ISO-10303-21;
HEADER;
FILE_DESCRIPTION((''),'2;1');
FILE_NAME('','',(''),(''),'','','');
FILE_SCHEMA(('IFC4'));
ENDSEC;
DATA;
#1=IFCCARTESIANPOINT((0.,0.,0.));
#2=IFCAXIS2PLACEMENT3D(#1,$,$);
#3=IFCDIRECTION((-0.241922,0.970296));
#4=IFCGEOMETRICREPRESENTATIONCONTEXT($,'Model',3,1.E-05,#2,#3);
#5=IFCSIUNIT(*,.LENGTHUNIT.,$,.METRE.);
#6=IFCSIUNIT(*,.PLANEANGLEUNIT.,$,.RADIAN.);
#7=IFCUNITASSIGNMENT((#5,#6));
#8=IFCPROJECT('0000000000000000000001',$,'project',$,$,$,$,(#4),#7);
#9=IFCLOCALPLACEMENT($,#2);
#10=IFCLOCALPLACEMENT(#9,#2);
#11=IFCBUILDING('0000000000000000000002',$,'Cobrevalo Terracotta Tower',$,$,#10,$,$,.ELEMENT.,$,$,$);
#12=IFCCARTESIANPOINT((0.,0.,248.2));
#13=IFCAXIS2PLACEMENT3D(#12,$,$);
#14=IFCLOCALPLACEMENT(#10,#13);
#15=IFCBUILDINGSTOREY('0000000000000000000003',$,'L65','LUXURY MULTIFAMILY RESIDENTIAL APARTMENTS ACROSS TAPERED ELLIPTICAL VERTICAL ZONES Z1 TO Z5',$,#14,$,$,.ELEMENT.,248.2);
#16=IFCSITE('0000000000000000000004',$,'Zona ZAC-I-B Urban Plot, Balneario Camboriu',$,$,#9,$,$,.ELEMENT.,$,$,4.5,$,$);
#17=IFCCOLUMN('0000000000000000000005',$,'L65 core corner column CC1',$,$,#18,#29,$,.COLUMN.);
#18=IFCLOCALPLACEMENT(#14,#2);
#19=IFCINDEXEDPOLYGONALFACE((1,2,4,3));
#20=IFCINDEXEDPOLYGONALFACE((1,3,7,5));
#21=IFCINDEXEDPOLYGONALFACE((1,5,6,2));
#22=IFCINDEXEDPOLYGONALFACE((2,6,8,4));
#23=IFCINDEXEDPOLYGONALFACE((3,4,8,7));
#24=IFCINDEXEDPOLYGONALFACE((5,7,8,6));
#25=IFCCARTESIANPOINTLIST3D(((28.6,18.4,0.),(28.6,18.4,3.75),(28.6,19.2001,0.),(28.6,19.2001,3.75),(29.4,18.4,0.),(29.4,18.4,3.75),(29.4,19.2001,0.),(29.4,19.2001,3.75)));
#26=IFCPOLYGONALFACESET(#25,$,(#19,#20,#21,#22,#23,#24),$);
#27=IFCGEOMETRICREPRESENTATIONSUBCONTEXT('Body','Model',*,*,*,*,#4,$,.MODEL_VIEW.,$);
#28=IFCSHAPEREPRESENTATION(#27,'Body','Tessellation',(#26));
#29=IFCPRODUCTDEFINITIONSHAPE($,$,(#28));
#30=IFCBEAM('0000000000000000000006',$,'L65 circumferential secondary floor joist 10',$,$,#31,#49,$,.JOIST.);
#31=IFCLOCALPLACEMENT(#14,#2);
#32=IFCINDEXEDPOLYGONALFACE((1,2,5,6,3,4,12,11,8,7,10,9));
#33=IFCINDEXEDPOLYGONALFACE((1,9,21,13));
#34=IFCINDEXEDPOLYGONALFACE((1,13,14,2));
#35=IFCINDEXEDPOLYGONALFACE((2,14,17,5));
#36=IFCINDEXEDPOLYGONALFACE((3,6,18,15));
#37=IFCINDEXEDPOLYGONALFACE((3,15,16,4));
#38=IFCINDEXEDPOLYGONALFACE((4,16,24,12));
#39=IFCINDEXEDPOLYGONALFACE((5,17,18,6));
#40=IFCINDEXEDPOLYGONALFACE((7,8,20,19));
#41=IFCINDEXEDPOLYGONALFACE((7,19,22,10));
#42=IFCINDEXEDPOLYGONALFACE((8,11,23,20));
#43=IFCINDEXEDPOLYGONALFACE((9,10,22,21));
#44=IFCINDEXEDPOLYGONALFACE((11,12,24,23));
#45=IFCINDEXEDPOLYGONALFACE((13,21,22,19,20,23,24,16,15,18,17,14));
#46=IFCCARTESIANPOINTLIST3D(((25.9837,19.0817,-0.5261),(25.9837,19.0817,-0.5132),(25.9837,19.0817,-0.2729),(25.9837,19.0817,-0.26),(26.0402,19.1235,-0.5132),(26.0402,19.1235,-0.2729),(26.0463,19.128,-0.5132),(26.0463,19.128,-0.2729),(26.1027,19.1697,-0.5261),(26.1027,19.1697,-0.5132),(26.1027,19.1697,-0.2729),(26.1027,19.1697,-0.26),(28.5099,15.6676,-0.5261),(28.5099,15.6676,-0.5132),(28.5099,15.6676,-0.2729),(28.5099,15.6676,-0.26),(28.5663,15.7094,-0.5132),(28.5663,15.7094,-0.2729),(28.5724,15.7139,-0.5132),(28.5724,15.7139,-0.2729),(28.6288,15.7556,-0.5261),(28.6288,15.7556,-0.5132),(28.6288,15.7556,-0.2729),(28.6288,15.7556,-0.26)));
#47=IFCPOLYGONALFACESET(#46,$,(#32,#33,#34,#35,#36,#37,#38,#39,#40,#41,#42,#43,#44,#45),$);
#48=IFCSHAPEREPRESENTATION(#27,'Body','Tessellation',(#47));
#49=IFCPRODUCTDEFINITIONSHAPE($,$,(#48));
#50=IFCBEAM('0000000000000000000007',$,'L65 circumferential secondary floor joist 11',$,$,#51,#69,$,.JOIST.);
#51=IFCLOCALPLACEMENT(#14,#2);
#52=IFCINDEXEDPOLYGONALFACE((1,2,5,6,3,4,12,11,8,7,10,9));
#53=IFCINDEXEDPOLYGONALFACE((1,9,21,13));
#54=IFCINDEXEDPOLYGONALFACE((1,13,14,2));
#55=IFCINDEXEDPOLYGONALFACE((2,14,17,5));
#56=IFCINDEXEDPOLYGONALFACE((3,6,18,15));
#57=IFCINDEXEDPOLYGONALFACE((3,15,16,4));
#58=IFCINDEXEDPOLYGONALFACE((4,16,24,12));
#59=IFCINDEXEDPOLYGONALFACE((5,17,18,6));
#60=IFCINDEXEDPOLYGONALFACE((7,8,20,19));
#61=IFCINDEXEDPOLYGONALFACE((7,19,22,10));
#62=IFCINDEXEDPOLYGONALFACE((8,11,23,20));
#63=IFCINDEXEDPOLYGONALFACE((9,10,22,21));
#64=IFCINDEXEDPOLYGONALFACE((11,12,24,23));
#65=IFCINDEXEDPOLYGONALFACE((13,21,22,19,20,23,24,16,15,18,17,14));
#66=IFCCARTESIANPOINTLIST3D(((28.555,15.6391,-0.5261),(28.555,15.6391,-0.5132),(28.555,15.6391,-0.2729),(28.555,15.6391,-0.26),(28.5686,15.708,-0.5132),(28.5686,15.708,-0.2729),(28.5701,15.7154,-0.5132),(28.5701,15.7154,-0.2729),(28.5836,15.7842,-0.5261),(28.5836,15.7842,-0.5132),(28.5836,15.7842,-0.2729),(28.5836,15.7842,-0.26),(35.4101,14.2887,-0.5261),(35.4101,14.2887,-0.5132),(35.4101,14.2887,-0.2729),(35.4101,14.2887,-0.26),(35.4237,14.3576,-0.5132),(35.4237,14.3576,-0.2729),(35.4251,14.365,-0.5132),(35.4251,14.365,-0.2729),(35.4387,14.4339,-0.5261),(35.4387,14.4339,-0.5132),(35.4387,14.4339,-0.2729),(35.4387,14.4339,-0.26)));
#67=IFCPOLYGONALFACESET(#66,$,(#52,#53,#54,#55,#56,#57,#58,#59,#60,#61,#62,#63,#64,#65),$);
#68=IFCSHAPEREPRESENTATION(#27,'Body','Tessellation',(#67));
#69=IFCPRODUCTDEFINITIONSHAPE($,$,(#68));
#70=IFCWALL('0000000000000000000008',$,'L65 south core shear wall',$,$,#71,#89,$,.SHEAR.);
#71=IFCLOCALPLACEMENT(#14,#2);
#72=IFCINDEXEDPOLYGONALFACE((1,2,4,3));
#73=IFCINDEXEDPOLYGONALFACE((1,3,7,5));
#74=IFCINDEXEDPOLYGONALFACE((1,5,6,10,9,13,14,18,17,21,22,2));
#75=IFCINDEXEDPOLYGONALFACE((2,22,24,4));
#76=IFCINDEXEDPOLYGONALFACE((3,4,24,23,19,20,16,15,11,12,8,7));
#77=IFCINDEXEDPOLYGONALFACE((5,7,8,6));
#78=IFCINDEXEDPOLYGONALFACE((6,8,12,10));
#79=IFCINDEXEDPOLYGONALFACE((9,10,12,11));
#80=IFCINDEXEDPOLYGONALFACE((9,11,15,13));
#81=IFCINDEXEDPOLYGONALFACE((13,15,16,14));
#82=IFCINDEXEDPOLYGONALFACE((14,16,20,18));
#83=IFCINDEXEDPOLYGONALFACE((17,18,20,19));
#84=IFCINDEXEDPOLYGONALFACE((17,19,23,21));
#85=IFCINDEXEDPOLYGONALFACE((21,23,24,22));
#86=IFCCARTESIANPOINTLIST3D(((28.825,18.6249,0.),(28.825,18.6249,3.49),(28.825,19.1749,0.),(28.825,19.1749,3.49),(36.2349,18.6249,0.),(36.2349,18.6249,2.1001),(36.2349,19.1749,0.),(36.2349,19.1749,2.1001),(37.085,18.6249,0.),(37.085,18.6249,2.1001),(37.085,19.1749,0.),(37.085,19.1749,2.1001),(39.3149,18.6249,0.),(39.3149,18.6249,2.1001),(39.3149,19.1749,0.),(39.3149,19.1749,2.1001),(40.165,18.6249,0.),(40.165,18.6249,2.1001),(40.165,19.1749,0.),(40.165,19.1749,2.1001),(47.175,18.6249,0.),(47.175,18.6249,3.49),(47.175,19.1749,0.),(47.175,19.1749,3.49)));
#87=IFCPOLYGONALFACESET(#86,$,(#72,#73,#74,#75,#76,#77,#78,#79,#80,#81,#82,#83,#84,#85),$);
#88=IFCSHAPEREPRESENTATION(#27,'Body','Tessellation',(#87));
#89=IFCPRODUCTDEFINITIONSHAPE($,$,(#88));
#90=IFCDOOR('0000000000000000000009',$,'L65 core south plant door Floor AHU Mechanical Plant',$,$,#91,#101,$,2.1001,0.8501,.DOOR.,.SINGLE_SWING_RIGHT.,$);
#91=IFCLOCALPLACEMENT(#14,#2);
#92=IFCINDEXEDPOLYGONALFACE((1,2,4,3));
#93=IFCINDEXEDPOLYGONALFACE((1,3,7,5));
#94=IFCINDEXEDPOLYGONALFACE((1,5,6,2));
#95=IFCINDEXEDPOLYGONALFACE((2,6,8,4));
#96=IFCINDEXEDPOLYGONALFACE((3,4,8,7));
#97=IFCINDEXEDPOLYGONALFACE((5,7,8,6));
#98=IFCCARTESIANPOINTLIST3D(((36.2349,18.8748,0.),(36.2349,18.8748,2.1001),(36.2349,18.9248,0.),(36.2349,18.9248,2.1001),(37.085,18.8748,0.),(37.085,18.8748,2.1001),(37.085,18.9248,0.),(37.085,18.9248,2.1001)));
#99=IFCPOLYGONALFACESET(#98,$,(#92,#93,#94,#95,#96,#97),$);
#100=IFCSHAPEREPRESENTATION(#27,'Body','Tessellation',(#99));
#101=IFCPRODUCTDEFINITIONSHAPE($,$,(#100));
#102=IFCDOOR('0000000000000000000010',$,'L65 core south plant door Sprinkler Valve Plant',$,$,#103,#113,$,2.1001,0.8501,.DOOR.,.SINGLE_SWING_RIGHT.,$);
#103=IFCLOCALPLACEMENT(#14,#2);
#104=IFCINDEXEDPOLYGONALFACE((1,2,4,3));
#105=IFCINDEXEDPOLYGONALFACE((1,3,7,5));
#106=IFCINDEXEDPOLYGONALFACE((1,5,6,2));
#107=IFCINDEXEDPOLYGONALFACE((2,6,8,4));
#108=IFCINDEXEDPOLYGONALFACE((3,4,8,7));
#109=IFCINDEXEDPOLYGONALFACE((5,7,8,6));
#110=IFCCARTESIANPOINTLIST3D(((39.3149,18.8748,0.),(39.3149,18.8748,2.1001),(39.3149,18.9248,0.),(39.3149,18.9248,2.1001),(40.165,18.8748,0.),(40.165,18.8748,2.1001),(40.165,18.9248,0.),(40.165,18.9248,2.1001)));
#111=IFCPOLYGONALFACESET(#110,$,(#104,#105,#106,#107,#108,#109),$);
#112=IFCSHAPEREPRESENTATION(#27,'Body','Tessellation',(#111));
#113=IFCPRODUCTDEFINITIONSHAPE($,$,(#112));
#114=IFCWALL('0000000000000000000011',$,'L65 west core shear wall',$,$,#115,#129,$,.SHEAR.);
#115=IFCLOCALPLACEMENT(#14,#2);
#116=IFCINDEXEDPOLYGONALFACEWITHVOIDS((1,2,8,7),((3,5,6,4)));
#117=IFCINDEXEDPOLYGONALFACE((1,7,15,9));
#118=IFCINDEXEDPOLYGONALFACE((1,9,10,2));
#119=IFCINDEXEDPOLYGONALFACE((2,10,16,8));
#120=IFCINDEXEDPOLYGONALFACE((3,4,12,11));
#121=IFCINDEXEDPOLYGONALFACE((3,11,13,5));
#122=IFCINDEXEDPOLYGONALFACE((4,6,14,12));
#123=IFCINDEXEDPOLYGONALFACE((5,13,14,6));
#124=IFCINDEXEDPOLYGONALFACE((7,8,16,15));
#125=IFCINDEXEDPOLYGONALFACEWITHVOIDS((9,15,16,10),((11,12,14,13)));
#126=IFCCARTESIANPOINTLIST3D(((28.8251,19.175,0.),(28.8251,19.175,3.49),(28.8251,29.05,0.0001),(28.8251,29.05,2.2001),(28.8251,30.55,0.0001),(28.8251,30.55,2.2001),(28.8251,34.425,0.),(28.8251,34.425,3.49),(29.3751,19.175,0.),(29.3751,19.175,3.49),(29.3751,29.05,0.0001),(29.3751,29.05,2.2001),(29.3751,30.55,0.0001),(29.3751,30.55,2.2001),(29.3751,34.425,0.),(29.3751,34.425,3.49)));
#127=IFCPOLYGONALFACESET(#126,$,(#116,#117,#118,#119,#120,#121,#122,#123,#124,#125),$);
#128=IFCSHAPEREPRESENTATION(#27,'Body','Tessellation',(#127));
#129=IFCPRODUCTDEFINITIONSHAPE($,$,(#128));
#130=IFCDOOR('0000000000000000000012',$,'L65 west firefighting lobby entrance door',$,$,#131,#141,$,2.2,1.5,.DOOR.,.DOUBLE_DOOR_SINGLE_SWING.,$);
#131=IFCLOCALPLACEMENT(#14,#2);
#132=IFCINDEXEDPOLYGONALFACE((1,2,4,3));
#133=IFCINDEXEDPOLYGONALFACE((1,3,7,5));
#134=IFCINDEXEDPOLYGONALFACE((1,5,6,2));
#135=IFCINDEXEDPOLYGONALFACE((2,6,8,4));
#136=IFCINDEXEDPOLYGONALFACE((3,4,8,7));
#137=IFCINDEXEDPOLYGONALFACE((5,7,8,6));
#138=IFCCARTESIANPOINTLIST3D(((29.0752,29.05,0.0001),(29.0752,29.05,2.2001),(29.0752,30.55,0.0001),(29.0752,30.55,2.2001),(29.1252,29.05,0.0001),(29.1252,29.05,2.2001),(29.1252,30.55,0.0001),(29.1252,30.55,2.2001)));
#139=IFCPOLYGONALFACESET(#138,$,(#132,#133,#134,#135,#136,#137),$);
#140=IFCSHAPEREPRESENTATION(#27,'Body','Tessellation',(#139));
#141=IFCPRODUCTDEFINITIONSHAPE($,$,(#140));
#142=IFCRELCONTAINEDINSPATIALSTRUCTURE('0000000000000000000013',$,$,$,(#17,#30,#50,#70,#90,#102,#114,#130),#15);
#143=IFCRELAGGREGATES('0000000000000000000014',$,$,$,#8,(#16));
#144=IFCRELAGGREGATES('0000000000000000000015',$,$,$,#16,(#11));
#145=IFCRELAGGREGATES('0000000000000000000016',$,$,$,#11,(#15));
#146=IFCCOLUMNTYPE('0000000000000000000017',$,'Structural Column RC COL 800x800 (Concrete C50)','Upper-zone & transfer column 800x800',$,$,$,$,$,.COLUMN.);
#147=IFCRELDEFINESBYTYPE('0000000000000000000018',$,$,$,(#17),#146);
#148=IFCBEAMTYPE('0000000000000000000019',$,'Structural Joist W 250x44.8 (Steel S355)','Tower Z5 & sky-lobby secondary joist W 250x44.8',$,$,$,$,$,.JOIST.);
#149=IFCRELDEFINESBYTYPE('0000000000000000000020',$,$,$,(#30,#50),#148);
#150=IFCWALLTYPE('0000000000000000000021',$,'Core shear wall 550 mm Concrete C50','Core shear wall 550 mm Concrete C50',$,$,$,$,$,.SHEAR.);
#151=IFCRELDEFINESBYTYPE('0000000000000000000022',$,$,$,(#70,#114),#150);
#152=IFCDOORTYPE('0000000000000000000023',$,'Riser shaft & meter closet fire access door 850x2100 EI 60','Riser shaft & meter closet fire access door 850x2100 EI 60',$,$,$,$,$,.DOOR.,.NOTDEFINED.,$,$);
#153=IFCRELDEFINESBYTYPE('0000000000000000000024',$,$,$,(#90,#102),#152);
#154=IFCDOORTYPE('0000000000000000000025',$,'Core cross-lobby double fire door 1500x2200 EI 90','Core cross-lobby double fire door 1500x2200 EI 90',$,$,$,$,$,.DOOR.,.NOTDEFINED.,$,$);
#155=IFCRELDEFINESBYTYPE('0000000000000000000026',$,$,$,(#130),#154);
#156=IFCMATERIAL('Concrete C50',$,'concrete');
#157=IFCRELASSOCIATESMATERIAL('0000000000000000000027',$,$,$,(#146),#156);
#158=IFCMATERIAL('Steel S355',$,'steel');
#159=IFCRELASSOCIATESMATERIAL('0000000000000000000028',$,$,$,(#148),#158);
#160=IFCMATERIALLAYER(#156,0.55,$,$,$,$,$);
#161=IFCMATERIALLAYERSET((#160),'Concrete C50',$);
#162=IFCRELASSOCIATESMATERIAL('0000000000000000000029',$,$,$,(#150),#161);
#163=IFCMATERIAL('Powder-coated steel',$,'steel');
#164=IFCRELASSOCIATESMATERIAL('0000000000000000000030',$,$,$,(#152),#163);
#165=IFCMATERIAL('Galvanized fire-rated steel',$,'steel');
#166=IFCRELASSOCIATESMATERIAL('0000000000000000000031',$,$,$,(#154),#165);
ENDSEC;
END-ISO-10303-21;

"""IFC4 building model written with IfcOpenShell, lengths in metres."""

from ifc_helpers import new_model, si_unit, direction, frame, frame_2d, origin, origin_2d, place, context, subcontext, project, spatial, rectangle, i_section, extrude, source, transform, mapped, material, layer, layer_set, material_profile, profile_set, type_object, element, fill, save


model = new_model("IFC4")

# Units and contexts
model_context = context("Model", 3, precision=1e-05, world=origin(), true_north=direction((-0.241922, 0.970296)))
body_context = subcontext(model_context, "Body", "Model", "MODEL_VIEW")
ifc_project = project(units=[si_unit("LENGTHUNIT", "METRE"), si_unit("PLANEANGLEUNIT", "RADIAN")], contexts=[model_context])

# Site, building, storey
site_placement = place(None, origin())
site = spatial("IfcSite", under=ifc_project, at=site_placement, Name="Zona ZAC-I-B Urban Plot, Balneario Camboriu", CompositionType="ELEMENT", RefElevation=4.5)
building_placement = place(site_placement, origin())
building = spatial("IfcBuilding", under=site, at=building_placement, Name="Cobrevalo Terracotta Tower", CompositionType="ELEMENT")
storey_placement = place(building_placement, frame((0.0, 0.0, 248.2)))
storey = spatial("IfcBuildingStorey", under=building, at=storey_placement, Name="L65", Description="LUXURY MULTIFAMILY RESIDENTIAL APARTMENTS ACROSS TAPERED ELLIPTICAL VERTICAL ZONES Z1 TO Z5", CompositionType="ELEMENT", Elevation=248.2)

# Column
ifc_material_1 = material(Name="Concrete C50", Category="concrete")
ifc_material_profile_1 = material_profile(ifc_material_1, rectangle(XDim=0.8, YDim=0.8, at=origin_2d()), Name="RC COL 800x800")
ifc_profile_set_1 = profile_set([ifc_material_profile_1], Name="Concrete C50")
column_type = type_object("IfcColumnType", Name="Structural Column RC COL 800x800 (Concrete C50)", Description="Upper-zone & transfer column 800x800", PredefinedType="COLUMN", material=ifc_profile_set_1)
column_placement = place(storey_placement, frame((29.0, 18.8, 0.0), z_axis=(0.0, 0.0, 1.0), x_axis=(1.0, 0.0, 0.0)))
element("IfcColumn", 1, at=column_placement, inside=storey, type_object=column_type, Name="L65 core corner column CC1", PredefinedType="COLUMN", context=body_context, shape_type="SweptSolid", body=[
    extrude(rectangle(XDim=0.8, YDim=0.8, at=origin_2d()), origin(), (0.0, 0.0, 1.0), 3.75),
])

# Beams
ifc_material_2 = material(Name="Steel S355", Category="steel")
ifc_material_profile_2 = material_profile(ifc_material_2, i_section(OverallWidth=0.1479, OverallDepth=0.2661, WebThickness=0.0076, FlangeThickness=0.0129, at=origin_2d()), Name="W 250x44.8")
ifc_profile_set_2 = profile_set([ifc_material_profile_2], Name="Steel S355")
beam_type = type_object("IfcBeamType", Name="Structural Joist W 250x44.8 (Steel S355)", Description="Tower Z5 & sky-lobby secondary joist W 250x44.8", PredefinedType="JOIST", material=ifc_profile_set_2)
beam_1_placement = place(storey_placement, frame((26.0432, 19.1257, -0.3931), z_axis=(0.5948, -0.803874, 0.0), x_axis=(0.803874, 0.5948, 0.0)))
element("IfcBeam", 2, at=beam_1_placement, inside=storey, type_object=beam_type, Name="L65 circumferential secondary floor joist 10", PredefinedType="JOIST", context=body_context, shape_type="SweptSolid", body=[
    extrude(i_section(OverallWidth=0.1479, OverallDepth=0.2661, WebThickness=0.0076, FlangeThickness=0.0129, at=origin_2d()), origin(), (0.0, 0.0, 1.0), 4.2471),
])
beam_2_placement = place(storey_placement, frame((28.5693, 15.7117, -0.3931), z_axis=(0.981145, -0.193273, 0.0), x_axis=(0.193273, 0.981145, 0.0)))
element("IfcBeam", 3, at=beam_2_placement, inside=storey, type_object=beam_type, Name="L65 circumferential secondary floor joist 11", PredefinedType="JOIST", context=body_context, shape_type="SweptSolid", body=[
    extrude(i_section(OverallWidth=0.1479, OverallDepth=0.2661, WebThickness=0.0076, FlangeThickness=0.0129, at=origin_2d()), origin(), (0.0, 0.0, 1.0), 6.9868),
])

# Wall, openings, doors
ifc_layer_1 = layer(ifc_material_1, 0.55)
ifc_layer_set_1 = layer_set([ifc_layer_1], Name="Concrete C50")
wall_type_1 = type_object("IfcWallType", Name="Core shear wall 550 mm Concrete C50", Description="Core shear wall 550 mm Concrete C50", PredefinedType="SHEAR", material=ifc_layer_set_1)
wall_1_placement = place(storey_placement, frame((28.825, 18.8999, 0.0), z_axis=(0.0, 0.0, 1.0), x_axis=(1.0, 0.0, 0.0)))
wall_1 = element("IfcWall", 4, at=wall_1_placement, inside=storey, type_object=wall_type_1, Name="L65 south core shear wall", PredefinedType="SHEAR", context=body_context, shape_type="SweptSolid", body=[
    extrude(rectangle(XDim=18.3501, YDim=0.55, at=frame_2d((9.175, 0.0))), origin(), (0.0, 0.0, 1.0), 3.49),
])
opening_1_placement = place(wall_1_placement, frame((7.4099, 0.0, 0.0)))
opening_1 = element("IfcOpeningElement", 5, at=opening_1_placement, cuts=wall_1, PredefinedType="OPENING", context=body_context, shape_type="SweptSolid", body=[
    extrude(rectangle(XDim=0.8501, YDim=2.1001, at=frame_2d((0.425, 1.05))), frame((0.0, 0.2852, 0.0), z_axis=(0.0, -1.0, 0.0), x_axis=(1.0, 0.0, 0.0)), (0.0, 0.0, 1.0), 0.5701),
])
opening_2_placement = place(wall_1_placement, frame((10.49, 0.0, 0.0)))
opening_2 = element("IfcOpeningElement", 6, at=opening_2_placement, cuts=wall_1, PredefinedType="OPENING", context=body_context, shape_type="SweptSolid", body=[
    extrude(rectangle(XDim=0.8501, YDim=2.1001, at=frame_2d((0.425, 1.05))), frame((0.0, 0.2852, 0.0), z_axis=(0.0, -1.0, 0.0), x_axis=(1.0, 0.0, 0.0)), (0.0, 0.0, 1.0), 0.5701),
])
ifc_material_3 = material(Name="Powder-coated steel", Category="steel")
door_type_1 = type_object("IfcDoorType", Name="Riser shaft & meter closet fire access door 850x2100 EI 60", Description="Riser shaft & meter closet fire access door 850x2100 EI 60", OperationType="NOTDEFINED", PredefinedType="DOOR", material=ifc_material_3)
shared_shape_1 = source(origin(), body_context, "Body", "SweptSolid", [
    extrude(rectangle(XDim=0.8501, YDim=2.1001, at=frame_2d((0.425, 1.05))), frame((0.0, 0.0249, 0.0), z_axis=(0.0, -1.0, 0.0), x_axis=(1.0, 0.0, 0.0)), (0.0, 0.0, 1.0), 0.05),
])
door_1_placement = place(opening_1_placement, origin())
door_1 = element("IfcDoor", 7, at=door_1_placement, inside=storey, type_object=door_type_1, Name="L65 core south plant door Floor AHU Mechanical Plant", OperationType="SINGLE_SWING_RIGHT", OverallHeight=2.1001, OverallWidth=0.8501, PredefinedType="DOOR", context=body_context, shape_type="MappedRepresentation", body=[
    mapped(shared_shape_1, transform((0.0, 0.0, 0.0), scale=1.0)),
])
fill(opening_1, door_1)
door_2_placement = place(opening_2_placement, origin())
door_2 = element("IfcDoor", 8, at=door_2_placement, inside=storey, type_object=door_type_1, Name="L65 core south plant door Sprinkler Valve Plant", OperationType="SINGLE_SWING_RIGHT", OverallHeight=2.1001, OverallWidth=0.8501, PredefinedType="DOOR", context=body_context, shape_type="MappedRepresentation", body=[
    mapped(shared_shape_1, transform((0.0, 0.0, 0.0), scale=1.0)),
])
fill(opening_2, door_2)

# Wall, opening, door
wall_2_placement = place(storey_placement, frame((29.1001, 19.175, 0.0), z_axis=(0.0, 0.0, 1.0), x_axis=(0.0, 1.0, 0.0)))
wall_2 = element("IfcWall", 9, at=wall_2_placement, inside=storey, type_object=wall_type_1, Name="L65 west core shear wall", PredefinedType="SHEAR", context=body_context, shape_type="SweptSolid", body=[
    extrude(rectangle(XDim=15.25, YDim=0.55, at=frame_2d((7.625, 0.0))), origin(), (0.0, 0.0, 1.0), 3.49),
])
opening_3_placement = place(wall_2_placement, frame((9.875, 0.0, 0.0)))
opening_3 = element("IfcOpeningElement", 10, at=opening_3_placement, cuts=wall_2, PredefinedType="OPENING", context=body_context, shape_type="SweptSolid", body=[
    extrude(rectangle(XDim=1.5, YDim=2.2, at=frame_2d((0.75, 1.1001))), frame((0.0, 0.2852, 0.0), z_axis=(0.0, -1.0, 0.0), x_axis=(1.0, 0.0, 0.0)), (0.0, 0.0, 1.0), 0.5701),
])
ifc_material_4 = material(Name="Galvanized fire-rated steel", Category="steel")
door_type_2 = type_object("IfcDoorType", Name="Core cross-lobby double fire door 1500x2200 EI 90", Description="Core cross-lobby double fire door 1500x2200 EI 90", OperationType="NOTDEFINED", PredefinedType="DOOR", material=ifc_material_4)
shared_shape_2 = source(origin(), body_context, "Body", "SweptSolid", [
    extrude(rectangle(XDim=1.5, YDim=2.2, at=frame_2d((0.75, 1.1001))), frame((0.0, 0.0249, 0.0), z_axis=(0.0, -1.0, 0.0), x_axis=(1.0, 0.0, 0.0)), (0.0, 0.0, 1.0), 0.05),
])
door_3_placement = place(opening_3_placement, origin())
door_3 = element("IfcDoor", 11, at=door_3_placement, inside=storey, type_object=door_type_2, Name="L65 west firefighting lobby entrance door", OperationType="DOUBLE_DOOR_SINGLE_SWING", OverallHeight=2.2, OverallWidth=1.5, PredefinedType="DOOR", context=body_context, shape_type="MappedRepresentation", body=[
    mapped(shared_shape_2, transform((0.0, 0.0, 0.0), scale=1.0)),
])
fill(opening_3, door_3)

save(model, "model.ifc")
